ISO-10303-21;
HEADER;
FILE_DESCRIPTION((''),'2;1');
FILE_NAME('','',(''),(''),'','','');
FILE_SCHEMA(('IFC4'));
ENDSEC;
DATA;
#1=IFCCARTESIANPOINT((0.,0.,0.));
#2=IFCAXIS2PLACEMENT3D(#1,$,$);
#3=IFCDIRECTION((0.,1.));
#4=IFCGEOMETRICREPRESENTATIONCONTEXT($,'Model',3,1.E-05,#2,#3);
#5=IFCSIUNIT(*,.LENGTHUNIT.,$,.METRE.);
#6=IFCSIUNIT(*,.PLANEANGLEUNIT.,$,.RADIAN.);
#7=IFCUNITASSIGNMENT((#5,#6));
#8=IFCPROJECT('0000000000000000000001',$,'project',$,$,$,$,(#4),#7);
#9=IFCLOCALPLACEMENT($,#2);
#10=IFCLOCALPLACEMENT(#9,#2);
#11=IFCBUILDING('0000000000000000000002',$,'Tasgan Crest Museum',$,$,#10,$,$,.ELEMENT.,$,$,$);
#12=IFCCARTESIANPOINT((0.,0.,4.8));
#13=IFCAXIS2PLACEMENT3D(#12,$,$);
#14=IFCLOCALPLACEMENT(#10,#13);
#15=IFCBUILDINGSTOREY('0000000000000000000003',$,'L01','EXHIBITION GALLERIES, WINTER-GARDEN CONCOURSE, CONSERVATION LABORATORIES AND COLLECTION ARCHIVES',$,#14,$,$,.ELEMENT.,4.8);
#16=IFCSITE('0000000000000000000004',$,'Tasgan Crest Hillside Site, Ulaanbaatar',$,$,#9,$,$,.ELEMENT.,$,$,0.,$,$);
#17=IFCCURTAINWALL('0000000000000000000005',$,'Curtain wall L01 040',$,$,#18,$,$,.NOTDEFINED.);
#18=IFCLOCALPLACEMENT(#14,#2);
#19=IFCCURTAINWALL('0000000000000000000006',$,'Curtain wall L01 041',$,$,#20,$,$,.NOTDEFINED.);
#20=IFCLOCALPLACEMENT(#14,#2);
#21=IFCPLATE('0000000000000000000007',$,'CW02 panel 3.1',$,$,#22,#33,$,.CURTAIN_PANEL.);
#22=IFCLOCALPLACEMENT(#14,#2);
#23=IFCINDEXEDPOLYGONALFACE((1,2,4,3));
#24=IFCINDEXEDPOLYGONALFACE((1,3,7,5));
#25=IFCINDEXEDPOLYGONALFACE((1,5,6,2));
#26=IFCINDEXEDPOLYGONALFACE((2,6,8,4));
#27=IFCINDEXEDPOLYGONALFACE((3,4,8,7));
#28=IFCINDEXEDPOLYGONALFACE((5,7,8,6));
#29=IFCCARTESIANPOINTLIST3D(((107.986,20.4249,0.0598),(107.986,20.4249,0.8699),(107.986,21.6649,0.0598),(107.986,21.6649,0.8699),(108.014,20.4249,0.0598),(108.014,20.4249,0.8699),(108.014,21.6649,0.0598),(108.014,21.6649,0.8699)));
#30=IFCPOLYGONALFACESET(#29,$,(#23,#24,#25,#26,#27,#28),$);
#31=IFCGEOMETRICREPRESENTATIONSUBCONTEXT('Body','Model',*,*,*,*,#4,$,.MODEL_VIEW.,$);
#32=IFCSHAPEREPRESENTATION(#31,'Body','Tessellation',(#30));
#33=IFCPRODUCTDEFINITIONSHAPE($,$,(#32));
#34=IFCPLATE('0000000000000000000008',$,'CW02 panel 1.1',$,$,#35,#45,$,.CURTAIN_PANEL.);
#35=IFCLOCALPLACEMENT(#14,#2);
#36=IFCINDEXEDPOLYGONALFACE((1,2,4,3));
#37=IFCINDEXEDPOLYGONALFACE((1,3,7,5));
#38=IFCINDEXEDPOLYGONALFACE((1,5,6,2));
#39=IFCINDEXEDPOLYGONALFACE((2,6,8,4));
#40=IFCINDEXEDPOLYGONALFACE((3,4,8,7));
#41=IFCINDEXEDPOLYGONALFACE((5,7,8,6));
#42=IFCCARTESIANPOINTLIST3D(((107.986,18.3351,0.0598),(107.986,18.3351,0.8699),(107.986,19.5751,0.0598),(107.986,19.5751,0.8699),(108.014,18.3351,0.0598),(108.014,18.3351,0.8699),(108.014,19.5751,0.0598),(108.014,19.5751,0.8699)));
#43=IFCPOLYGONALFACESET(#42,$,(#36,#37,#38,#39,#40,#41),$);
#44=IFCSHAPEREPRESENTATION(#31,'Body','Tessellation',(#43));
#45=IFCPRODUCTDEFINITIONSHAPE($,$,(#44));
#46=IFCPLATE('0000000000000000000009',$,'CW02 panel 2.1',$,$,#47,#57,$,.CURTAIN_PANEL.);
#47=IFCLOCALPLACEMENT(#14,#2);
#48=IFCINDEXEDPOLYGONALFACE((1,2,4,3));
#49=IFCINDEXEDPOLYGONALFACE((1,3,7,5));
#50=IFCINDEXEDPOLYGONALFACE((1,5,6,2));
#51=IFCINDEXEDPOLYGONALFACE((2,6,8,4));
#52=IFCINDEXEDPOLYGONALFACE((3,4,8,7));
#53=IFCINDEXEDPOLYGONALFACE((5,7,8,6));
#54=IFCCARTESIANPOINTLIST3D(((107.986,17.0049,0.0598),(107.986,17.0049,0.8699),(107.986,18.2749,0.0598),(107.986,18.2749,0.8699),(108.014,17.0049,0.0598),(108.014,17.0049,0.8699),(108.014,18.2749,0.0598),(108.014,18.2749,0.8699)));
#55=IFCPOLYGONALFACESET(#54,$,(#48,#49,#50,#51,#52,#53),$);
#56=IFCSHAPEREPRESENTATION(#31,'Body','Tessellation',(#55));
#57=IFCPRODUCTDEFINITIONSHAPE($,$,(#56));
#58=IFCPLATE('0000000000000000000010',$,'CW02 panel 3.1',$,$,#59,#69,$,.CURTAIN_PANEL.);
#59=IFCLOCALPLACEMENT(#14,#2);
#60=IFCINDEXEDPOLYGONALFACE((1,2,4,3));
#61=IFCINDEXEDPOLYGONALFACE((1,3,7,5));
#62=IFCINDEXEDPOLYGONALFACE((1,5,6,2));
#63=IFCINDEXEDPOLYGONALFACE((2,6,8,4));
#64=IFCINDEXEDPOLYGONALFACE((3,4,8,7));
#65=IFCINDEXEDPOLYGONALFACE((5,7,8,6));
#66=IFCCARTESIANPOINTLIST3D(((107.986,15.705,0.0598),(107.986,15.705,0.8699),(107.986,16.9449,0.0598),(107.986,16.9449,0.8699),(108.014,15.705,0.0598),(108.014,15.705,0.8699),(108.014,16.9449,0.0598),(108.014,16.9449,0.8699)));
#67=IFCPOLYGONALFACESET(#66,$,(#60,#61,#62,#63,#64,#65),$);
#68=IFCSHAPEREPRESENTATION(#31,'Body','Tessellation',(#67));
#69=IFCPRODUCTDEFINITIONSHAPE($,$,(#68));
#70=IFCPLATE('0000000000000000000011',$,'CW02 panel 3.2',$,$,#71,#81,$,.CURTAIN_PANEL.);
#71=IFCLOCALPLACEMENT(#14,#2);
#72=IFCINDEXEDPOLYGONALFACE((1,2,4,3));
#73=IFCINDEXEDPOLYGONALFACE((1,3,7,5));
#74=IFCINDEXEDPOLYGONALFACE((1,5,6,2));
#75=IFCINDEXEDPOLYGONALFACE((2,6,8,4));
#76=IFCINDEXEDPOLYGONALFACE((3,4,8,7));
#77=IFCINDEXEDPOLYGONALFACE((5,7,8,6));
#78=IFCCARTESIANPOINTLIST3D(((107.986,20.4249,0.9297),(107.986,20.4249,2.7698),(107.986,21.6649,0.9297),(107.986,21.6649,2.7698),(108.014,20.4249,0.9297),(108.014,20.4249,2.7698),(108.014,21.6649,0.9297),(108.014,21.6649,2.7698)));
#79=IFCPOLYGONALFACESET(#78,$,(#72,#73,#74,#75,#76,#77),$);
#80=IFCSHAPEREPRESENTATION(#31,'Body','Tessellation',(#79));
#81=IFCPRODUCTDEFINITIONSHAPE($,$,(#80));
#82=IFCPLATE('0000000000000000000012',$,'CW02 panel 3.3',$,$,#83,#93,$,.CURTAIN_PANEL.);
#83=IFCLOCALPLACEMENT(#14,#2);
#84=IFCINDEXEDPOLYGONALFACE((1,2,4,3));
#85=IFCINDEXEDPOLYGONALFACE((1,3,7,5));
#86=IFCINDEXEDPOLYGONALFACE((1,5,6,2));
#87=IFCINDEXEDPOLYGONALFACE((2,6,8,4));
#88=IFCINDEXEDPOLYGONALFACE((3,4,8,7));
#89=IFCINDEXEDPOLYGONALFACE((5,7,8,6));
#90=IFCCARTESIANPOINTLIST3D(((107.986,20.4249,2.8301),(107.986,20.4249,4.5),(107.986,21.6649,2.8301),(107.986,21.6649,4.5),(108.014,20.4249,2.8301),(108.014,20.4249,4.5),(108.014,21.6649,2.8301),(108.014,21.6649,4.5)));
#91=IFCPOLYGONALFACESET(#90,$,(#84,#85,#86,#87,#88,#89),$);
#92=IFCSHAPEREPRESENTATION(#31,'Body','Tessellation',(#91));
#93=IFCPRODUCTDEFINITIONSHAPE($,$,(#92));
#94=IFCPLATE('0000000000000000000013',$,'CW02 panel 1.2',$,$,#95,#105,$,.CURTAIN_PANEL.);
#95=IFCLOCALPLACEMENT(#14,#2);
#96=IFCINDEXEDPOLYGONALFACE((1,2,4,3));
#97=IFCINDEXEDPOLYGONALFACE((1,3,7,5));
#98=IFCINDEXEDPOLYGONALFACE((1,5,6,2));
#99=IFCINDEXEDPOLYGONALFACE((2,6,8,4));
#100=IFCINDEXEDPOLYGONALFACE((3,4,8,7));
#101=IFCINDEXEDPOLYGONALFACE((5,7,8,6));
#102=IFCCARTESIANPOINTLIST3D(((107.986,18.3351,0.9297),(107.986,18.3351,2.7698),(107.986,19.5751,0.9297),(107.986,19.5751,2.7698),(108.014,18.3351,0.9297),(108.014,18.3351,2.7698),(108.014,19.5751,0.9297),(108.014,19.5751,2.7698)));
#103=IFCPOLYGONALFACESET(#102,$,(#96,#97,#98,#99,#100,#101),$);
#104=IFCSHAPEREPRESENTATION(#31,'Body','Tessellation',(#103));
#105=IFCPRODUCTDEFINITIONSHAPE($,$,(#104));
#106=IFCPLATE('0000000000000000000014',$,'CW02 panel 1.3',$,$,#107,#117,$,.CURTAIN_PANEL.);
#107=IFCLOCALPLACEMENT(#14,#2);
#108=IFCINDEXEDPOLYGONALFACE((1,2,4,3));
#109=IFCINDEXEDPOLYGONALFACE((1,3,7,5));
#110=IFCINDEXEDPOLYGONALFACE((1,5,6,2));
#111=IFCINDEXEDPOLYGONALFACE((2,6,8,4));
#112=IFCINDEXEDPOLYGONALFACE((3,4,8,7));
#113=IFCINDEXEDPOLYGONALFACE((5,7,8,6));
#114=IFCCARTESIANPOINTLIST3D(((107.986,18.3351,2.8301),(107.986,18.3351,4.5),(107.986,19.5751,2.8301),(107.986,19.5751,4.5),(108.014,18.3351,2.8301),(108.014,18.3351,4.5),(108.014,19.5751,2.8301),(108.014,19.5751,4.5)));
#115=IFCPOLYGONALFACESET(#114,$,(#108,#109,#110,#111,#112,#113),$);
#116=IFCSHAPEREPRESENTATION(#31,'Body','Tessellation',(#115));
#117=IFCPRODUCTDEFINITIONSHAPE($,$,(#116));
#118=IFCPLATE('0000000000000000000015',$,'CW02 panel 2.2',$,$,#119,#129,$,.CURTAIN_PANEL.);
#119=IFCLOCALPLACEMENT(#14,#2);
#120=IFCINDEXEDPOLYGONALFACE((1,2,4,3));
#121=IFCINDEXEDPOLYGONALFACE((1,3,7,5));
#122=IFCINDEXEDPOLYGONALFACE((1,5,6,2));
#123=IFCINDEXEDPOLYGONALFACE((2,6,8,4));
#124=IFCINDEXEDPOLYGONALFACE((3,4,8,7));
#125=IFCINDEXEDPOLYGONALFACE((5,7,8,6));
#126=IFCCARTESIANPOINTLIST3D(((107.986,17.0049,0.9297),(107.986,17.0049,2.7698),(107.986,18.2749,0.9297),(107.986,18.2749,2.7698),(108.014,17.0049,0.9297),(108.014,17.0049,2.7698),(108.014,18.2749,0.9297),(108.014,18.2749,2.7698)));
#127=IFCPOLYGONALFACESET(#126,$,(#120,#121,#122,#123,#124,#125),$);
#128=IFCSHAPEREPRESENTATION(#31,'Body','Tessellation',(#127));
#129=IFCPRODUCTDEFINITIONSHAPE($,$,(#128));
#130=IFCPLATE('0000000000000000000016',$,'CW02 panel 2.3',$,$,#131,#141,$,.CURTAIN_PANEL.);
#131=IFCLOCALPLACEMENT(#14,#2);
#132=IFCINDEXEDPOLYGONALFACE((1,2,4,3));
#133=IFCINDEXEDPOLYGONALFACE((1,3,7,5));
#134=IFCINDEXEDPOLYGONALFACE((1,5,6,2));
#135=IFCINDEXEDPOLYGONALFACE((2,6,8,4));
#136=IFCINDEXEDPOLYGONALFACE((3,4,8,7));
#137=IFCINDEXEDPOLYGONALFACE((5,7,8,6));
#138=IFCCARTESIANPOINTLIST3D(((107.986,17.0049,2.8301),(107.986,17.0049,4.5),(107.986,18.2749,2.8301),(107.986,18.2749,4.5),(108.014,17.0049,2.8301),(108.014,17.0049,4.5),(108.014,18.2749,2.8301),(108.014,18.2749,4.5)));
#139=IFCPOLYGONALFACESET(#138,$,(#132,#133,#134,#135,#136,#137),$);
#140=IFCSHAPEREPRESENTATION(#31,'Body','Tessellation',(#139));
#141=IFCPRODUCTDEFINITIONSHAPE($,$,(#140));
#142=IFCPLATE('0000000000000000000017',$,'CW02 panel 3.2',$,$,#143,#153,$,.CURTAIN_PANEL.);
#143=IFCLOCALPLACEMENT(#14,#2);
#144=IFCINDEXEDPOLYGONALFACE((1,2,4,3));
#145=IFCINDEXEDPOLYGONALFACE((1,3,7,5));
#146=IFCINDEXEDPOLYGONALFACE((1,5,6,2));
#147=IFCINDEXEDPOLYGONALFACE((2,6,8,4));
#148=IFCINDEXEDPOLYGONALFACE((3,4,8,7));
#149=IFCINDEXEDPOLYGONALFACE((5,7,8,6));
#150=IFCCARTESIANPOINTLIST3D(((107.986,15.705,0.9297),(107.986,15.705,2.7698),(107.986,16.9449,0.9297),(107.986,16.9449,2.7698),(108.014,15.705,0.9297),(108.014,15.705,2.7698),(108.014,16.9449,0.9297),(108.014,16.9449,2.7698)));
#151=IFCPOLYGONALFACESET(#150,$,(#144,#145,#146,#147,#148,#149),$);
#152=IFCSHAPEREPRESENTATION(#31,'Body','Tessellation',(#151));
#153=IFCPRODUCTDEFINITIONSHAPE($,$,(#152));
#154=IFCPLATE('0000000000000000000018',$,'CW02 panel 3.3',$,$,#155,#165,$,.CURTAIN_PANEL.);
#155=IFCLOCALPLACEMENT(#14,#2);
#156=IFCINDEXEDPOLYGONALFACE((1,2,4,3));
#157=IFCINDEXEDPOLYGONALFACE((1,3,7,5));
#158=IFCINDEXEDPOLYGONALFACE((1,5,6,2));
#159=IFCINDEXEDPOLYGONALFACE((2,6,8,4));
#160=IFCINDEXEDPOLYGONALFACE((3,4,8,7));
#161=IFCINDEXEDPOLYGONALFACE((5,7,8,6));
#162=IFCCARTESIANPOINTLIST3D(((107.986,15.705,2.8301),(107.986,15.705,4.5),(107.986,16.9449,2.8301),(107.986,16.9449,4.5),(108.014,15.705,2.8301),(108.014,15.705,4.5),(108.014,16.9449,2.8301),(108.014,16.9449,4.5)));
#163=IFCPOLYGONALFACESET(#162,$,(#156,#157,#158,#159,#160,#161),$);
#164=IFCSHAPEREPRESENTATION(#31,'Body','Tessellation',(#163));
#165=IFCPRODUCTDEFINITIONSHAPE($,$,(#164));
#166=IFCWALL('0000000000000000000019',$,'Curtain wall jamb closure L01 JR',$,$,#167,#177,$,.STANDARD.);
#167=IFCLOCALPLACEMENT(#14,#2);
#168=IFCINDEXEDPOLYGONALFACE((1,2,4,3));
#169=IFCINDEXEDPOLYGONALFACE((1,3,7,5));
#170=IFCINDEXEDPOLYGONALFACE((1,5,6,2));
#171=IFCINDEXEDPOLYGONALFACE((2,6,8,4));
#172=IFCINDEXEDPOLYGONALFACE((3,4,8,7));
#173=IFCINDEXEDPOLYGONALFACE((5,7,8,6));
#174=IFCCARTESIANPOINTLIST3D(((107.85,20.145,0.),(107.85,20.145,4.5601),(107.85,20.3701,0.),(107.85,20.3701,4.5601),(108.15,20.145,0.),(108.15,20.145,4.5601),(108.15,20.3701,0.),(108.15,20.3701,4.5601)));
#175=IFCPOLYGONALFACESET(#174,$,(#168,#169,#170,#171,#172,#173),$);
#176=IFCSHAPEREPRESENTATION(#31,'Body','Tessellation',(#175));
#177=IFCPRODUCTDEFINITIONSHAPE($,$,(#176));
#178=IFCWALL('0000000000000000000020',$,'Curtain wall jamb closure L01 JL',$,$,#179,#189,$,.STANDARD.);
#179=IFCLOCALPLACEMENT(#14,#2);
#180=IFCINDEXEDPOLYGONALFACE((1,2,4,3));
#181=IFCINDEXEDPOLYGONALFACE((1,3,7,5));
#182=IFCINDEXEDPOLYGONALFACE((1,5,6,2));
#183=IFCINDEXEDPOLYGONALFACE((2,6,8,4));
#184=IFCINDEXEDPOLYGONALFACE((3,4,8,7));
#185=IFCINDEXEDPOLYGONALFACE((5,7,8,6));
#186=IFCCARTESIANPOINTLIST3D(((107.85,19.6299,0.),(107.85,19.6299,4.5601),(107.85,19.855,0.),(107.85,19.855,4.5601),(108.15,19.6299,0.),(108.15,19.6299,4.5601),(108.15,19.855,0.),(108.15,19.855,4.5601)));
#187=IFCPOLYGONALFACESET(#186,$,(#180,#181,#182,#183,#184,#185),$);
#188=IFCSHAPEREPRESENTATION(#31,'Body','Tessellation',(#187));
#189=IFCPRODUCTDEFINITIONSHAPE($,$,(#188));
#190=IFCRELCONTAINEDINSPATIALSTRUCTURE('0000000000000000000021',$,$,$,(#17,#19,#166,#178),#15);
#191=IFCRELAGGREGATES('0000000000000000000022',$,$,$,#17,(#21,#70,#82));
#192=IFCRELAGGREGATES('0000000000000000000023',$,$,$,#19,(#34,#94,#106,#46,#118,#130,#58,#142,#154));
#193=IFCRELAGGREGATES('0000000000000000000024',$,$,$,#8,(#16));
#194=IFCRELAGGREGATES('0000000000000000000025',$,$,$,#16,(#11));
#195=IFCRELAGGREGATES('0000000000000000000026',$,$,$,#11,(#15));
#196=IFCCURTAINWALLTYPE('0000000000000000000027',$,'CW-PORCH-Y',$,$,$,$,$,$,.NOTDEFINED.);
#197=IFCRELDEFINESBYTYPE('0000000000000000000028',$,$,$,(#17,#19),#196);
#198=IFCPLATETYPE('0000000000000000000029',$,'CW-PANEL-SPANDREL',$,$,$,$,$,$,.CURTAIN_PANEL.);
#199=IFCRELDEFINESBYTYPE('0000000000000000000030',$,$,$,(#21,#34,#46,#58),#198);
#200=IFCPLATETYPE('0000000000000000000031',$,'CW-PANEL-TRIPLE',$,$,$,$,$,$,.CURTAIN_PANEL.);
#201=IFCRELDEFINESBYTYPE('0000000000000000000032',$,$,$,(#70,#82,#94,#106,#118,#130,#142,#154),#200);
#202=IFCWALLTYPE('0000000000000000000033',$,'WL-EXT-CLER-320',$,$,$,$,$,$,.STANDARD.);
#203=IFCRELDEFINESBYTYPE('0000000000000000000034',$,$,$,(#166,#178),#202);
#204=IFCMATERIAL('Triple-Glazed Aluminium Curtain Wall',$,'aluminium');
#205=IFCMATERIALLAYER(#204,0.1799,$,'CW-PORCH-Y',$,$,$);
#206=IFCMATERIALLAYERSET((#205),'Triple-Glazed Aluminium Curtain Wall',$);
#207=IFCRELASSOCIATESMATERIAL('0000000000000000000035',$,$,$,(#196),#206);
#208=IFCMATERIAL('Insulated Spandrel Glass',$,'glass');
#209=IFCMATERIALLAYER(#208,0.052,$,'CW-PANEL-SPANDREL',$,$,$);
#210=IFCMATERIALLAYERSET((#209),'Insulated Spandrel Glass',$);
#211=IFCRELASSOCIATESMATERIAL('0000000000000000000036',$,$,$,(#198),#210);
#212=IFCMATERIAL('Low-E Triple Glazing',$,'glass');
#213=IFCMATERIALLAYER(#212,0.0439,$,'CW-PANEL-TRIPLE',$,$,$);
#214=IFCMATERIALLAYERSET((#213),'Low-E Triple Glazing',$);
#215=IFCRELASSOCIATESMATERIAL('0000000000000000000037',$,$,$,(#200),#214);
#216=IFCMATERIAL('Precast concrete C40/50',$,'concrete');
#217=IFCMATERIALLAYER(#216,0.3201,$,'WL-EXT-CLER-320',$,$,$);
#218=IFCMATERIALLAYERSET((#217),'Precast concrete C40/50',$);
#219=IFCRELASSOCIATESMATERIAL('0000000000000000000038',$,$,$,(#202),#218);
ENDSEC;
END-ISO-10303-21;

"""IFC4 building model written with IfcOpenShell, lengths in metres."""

from ifc_helpers import new_model, si_unit, direction, frame, frame_2d, origin, origin_2d, place, context, subcontext, project, spatial, rectangle, extrude, material, layer, layer_set, type_object, element, aggregate, save


model = new_model("IFC4")

# Units and contexts
model_context = context("Model", 3, precision=1e-05, world=origin(), true_north=direction((0.0, 1.0)))
body_context = subcontext(model_context, "Body", "Model", "MODEL_VIEW")
ifc_project = project(units=[si_unit("LENGTHUNIT", "METRE"), si_unit("PLANEANGLEUNIT", "RADIAN")], contexts=[model_context])

# Site, building, storey
site_placement = place(None, origin())
site = spatial("IfcSite", under=ifc_project, at=site_placement, Name="Tasgan Crest Hillside Site, Ulaanbaatar", CompositionType="ELEMENT", RefElevation=0.0)
building_placement = place(site_placement, origin())
building = spatial("IfcBuilding", under=site, at=building_placement, Name="Tasgan Crest Museum", CompositionType="ELEMENT")
storey_placement = place(building_placement, frame((0.0, 0.0, 4.8)))
storey = spatial("IfcBuildingStorey", under=building, at=storey_placement, Name="L01", Description="EXHIBITION GALLERIES, WINTER-GARDEN CONCOURSE, CONSERVATION LABORATORIES AND COLLECTION ARCHIVES", CompositionType="ELEMENT", Elevation=4.8)

# Curtain wall
ifc_material_1 = material(Name="Triple-Glazed Aluminium Curtain Wall", Category="aluminium")
ifc_layer_1 = layer(ifc_material_1, 0.1799, Name="CW-PORCH-Y")
ifc_layer_set_1 = layer_set([ifc_layer_1], Name="Triple-Glazed Aluminium Curtain Wall")
curtain_wall_type = type_object("IfcCurtainWallType", Name="CW-PORCH-Y", PredefinedType="NOTDEFINED", material=ifc_layer_set_1)
curtain_wall_1_placement = place(storey_placement, origin())
curtain_wall_1 = element("IfcCurtainWall", 1, at=curtain_wall_1_placement, inside=storey, type_object=curtain_wall_type, Name="Curtain wall L01 040", PredefinedType="NOTDEFINED")

# Curtain wall
curtain_wall_2_placement = place(storey_placement, origin())
curtain_wall_2 = element("IfcCurtainWall", 2, at=curtain_wall_2_placement, inside=storey, type_object=curtain_wall_type, Name="Curtain wall L01 041", PredefinedType="NOTDEFINED")

# Plates
ifc_material_2 = material(Name="Insulated Spandrel Glass", Category="glass")
ifc_layer_2 = layer(ifc_material_2, 0.052, Name="CW-PANEL-SPANDREL")
ifc_layer_set_2 = layer_set([ifc_layer_2], Name="Insulated Spandrel Glass")
plate_type_1 = type_object("IfcPlateType", Name="CW-PANEL-SPANDREL", PredefinedType="CURTAIN_PANEL", material=ifc_layer_set_2)
plate_1_placement = place(storey_placement, frame((108.0, 21.0449, 0.0598), z_axis=(0.0, 0.0, 1.0), x_axis=(0.0, -1.0, 0.0)))
plate_1 = element("IfcPlate", 3, at=plate_1_placement, type_object=plate_type_1, Name="CW02 panel 3.1", PredefinedType="CURTAIN_PANEL", context=body_context, shape_type="SweptSolid", body=[
    extrude(rectangle(XDim=1.24, YDim=0.0281, at=origin_2d()), origin(), (0.0, 0.0, 1.0), 0.8101),
])
plate_2_placement = place(storey_placement, frame((108.0, 18.9551, 0.0598), z_axis=(0.0, 0.0, 1.0), x_axis=(0.0, -1.0, 0.0)))
plate_2 = element("IfcPlate", 4, at=plate_2_placement, type_object=plate_type_1, Name="CW02 panel 1.1", PredefinedType="CURTAIN_PANEL", context=body_context, shape_type="SweptSolid", body=[
    extrude(rectangle(XDim=1.24, YDim=0.0281, at=origin_2d()), origin(), (0.0, 0.0, 1.0), 0.8101),
])
plate_3_placement = place(storey_placement, frame((108.0, 17.6399, 0.0598), z_axis=(0.0, 0.0, 1.0), x_axis=(0.0, -1.0, 0.0)))
plate_3 = element("IfcPlate", 5, at=plate_3_placement, type_object=plate_type_1, Name="CW02 panel 2.1", PredefinedType="CURTAIN_PANEL", context=body_context, shape_type="SweptSolid", body=[
    extrude(rectangle(XDim=1.27, YDim=0.0281, at=origin_2d()), origin(), (0.0, 0.0, 1.0), 0.8101),
])
plate_4_placement = place(storey_placement, frame((108.0, 16.325, 0.0598), z_axis=(0.0, 0.0, 1.0), x_axis=(0.0, -1.0, 0.0)))
plate_4 = element("IfcPlate", 6, at=plate_4_placement, type_object=plate_type_1, Name="CW02 panel 3.1", PredefinedType="CURTAIN_PANEL", context=body_context, shape_type="SweptSolid", body=[
    extrude(rectangle(XDim=1.24, YDim=0.0281, at=origin_2d()), origin(), (0.0, 0.0, 1.0), 0.8101),
])
ifc_material_3 = material(Name="Low-E Triple Glazing", Category="glass")
ifc_layer_3 = layer(ifc_material_3, 0.0439, Name="CW-PANEL-TRIPLE")
ifc_layer_set_3 = layer_set([ifc_layer_3], Name="Low-E Triple Glazing")
plate_type_2 = type_object("IfcPlateType", Name="CW-PANEL-TRIPLE", PredefinedType="CURTAIN_PANEL", material=ifc_layer_set_3)
plate_5_placement = place(storey_placement, frame((108.0, 21.0449, 0.9297), z_axis=(0.0, 0.0, 1.0), x_axis=(0.0, -1.0, 0.0)))
plate_5 = element("IfcPlate", 7, at=plate_5_placement, type_object=plate_type_2, Name="CW02 panel 3.2", PredefinedType="CURTAIN_PANEL", context=body_context, shape_type="SweptSolid", body=[
    extrude(rectangle(XDim=1.24, YDim=0.0281, at=origin_2d()), origin(), (0.0, 0.0, 1.0), 1.8401),
])
plate_6_placement = place(storey_placement, frame((108.0, 21.0449, 2.8301), z_axis=(0.0, 0.0, 1.0), x_axis=(0.0, -1.0, 0.0)))
plate_6 = element("IfcPlate", 8, at=plate_6_placement, type_object=plate_type_2, Name="CW02 panel 3.3", PredefinedType="CURTAIN_PANEL", context=body_context, shape_type="SweptSolid", body=[
    extrude(rectangle(XDim=1.24, YDim=0.0281, at=origin_2d()), origin(), (0.0, 0.0, 1.0), 1.6699),
])
aggregate(curtain_wall_1, [plate_1, plate_5, plate_6])
plate_7_placement = place(storey_placement, frame((108.0, 18.9551, 0.9297), z_axis=(0.0, 0.0, 1.0), x_axis=(0.0, -1.0, 0.0)))
plate_7 = element("IfcPlate", 9, at=plate_7_placement, type_object=plate_type_2, Name="CW02 panel 1.2", PredefinedType="CURTAIN_PANEL", context=body_context, shape_type="SweptSolid", body=[
    extrude(rectangle(XDim=1.24, YDim=0.0281, at=origin_2d()), origin(), (0.0, 0.0, 1.0), 1.8401),
])
plate_8_placement = place(storey_placement, frame((108.0, 18.9551, 2.8301), z_axis=(0.0, 0.0, 1.0), x_axis=(0.0, -1.0, 0.0)))
plate_8 = element("IfcPlate", 10, at=plate_8_placement, type_object=plate_type_2, Name="CW02 panel 1.3", PredefinedType="CURTAIN_PANEL", context=body_context, shape_type="SweptSolid", body=[
    extrude(rectangle(XDim=1.24, YDim=0.0281, at=origin_2d()), origin(), (0.0, 0.0, 1.0), 1.6699),
])
plate_9_placement = place(storey_placement, frame((108.0, 17.6399, 0.9297), z_axis=(0.0, 0.0, 1.0), x_axis=(0.0, -1.0, 0.0)))
plate_9 = element("IfcPlate", 11, at=plate_9_placement, type_object=plate_type_2, Name="CW02 panel 2.2", PredefinedType="CURTAIN_PANEL", context=body_context, shape_type="SweptSolid", body=[
    extrude(rectangle(XDim=1.27, YDim=0.0281, at=origin_2d()), origin(), (0.0, 0.0, 1.0), 1.8401),
])
plate_10_placement = place(storey_placement, frame((108.0, 17.6399, 2.8301), z_axis=(0.0, 0.0, 1.0), x_axis=(0.0, -1.0, 0.0)))
plate_10 = element("IfcPlate", 12, at=plate_10_placement, type_object=plate_type_2, Name="CW02 panel 2.3", PredefinedType="CURTAIN_PANEL", context=body_context, shape_type="SweptSolid", body=[
    extrude(rectangle(XDim=1.27, YDim=0.0281, at=origin_2d()), origin(), (0.0, 0.0, 1.0), 1.6699),
])
plate_11_placement = place(storey_placement, frame((108.0, 16.325, 0.9297), z_axis=(0.0, 0.0, 1.0), x_axis=(0.0, -1.0, 0.0)))
plate_11 = element("IfcPlate", 13, at=plate_11_placement, type_object=plate_type_2, Name="CW02 panel 3.2", PredefinedType="CURTAIN_PANEL", context=body_context, shape_type="SweptSolid", body=[
    extrude(rectangle(XDim=1.24, YDim=0.0281, at=origin_2d()), origin(), (0.0, 0.0, 1.0), 1.8401),
])
plate_12_placement = place(storey_placement, frame((108.0, 16.325, 2.8301), z_axis=(0.0, 0.0, 1.0), x_axis=(0.0, -1.0, 0.0)))
plate_12 = element("IfcPlate", 14, at=plate_12_placement, type_object=plate_type_2, Name="CW02 panel 3.3", PredefinedType="CURTAIN_PANEL", context=body_context, shape_type="SweptSolid", body=[
    extrude(rectangle(XDim=1.24, YDim=0.0281, at=origin_2d()), origin(), (0.0, 0.0, 1.0), 1.6699),
])
aggregate(curtain_wall_2, [plate_2, plate_7, plate_8, plate_3, plate_9, plate_10, plate_4, plate_11, plate_12])

# Walls
ifc_material_4 = material(Name="Precast concrete C40/50", Category="concrete")
ifc_layer_4 = layer(ifc_material_4, 0.3201, Name="WL-EXT-CLER-320")
ifc_layer_set_4 = layer_set([ifc_layer_4], Name="Precast concrete C40/50")
wall_type = type_object("IfcWallType", Name="WL-EXT-CLER-320", PredefinedType="STANDARD", material=ifc_layer_set_4)
for number, where, z_axis, x_axis, name in (
    (15, (108.0, 20.3701, 0.0), (0.0, 0.0, 1.0), (0.0, -1.0, 0.0), "Curtain wall jamb closure L01 JR"),
    (16, (108.0, 19.855, 0.0), (0.0, 0.0, 1.0), (0.0, -1.0, 0.0), "Curtain wall jamb closure L01 JL"),
):
    element("IfcWall", number, at=place(storey_placement, frame(where, z_axis=z_axis, x_axis=x_axis)), inside=storey, type_object=wall_type, Name=name, PredefinedType="STANDARD", context=body_context, shape_type="SweptSolid", body=[
        extrude(rectangle(XDim=0.2251, YDim=0.3, at=frame_2d((0.1125, 0.0))), origin(), (0.0, 0.0, 1.0), 4.5601),
    ])

save(model, "model.ifc")
